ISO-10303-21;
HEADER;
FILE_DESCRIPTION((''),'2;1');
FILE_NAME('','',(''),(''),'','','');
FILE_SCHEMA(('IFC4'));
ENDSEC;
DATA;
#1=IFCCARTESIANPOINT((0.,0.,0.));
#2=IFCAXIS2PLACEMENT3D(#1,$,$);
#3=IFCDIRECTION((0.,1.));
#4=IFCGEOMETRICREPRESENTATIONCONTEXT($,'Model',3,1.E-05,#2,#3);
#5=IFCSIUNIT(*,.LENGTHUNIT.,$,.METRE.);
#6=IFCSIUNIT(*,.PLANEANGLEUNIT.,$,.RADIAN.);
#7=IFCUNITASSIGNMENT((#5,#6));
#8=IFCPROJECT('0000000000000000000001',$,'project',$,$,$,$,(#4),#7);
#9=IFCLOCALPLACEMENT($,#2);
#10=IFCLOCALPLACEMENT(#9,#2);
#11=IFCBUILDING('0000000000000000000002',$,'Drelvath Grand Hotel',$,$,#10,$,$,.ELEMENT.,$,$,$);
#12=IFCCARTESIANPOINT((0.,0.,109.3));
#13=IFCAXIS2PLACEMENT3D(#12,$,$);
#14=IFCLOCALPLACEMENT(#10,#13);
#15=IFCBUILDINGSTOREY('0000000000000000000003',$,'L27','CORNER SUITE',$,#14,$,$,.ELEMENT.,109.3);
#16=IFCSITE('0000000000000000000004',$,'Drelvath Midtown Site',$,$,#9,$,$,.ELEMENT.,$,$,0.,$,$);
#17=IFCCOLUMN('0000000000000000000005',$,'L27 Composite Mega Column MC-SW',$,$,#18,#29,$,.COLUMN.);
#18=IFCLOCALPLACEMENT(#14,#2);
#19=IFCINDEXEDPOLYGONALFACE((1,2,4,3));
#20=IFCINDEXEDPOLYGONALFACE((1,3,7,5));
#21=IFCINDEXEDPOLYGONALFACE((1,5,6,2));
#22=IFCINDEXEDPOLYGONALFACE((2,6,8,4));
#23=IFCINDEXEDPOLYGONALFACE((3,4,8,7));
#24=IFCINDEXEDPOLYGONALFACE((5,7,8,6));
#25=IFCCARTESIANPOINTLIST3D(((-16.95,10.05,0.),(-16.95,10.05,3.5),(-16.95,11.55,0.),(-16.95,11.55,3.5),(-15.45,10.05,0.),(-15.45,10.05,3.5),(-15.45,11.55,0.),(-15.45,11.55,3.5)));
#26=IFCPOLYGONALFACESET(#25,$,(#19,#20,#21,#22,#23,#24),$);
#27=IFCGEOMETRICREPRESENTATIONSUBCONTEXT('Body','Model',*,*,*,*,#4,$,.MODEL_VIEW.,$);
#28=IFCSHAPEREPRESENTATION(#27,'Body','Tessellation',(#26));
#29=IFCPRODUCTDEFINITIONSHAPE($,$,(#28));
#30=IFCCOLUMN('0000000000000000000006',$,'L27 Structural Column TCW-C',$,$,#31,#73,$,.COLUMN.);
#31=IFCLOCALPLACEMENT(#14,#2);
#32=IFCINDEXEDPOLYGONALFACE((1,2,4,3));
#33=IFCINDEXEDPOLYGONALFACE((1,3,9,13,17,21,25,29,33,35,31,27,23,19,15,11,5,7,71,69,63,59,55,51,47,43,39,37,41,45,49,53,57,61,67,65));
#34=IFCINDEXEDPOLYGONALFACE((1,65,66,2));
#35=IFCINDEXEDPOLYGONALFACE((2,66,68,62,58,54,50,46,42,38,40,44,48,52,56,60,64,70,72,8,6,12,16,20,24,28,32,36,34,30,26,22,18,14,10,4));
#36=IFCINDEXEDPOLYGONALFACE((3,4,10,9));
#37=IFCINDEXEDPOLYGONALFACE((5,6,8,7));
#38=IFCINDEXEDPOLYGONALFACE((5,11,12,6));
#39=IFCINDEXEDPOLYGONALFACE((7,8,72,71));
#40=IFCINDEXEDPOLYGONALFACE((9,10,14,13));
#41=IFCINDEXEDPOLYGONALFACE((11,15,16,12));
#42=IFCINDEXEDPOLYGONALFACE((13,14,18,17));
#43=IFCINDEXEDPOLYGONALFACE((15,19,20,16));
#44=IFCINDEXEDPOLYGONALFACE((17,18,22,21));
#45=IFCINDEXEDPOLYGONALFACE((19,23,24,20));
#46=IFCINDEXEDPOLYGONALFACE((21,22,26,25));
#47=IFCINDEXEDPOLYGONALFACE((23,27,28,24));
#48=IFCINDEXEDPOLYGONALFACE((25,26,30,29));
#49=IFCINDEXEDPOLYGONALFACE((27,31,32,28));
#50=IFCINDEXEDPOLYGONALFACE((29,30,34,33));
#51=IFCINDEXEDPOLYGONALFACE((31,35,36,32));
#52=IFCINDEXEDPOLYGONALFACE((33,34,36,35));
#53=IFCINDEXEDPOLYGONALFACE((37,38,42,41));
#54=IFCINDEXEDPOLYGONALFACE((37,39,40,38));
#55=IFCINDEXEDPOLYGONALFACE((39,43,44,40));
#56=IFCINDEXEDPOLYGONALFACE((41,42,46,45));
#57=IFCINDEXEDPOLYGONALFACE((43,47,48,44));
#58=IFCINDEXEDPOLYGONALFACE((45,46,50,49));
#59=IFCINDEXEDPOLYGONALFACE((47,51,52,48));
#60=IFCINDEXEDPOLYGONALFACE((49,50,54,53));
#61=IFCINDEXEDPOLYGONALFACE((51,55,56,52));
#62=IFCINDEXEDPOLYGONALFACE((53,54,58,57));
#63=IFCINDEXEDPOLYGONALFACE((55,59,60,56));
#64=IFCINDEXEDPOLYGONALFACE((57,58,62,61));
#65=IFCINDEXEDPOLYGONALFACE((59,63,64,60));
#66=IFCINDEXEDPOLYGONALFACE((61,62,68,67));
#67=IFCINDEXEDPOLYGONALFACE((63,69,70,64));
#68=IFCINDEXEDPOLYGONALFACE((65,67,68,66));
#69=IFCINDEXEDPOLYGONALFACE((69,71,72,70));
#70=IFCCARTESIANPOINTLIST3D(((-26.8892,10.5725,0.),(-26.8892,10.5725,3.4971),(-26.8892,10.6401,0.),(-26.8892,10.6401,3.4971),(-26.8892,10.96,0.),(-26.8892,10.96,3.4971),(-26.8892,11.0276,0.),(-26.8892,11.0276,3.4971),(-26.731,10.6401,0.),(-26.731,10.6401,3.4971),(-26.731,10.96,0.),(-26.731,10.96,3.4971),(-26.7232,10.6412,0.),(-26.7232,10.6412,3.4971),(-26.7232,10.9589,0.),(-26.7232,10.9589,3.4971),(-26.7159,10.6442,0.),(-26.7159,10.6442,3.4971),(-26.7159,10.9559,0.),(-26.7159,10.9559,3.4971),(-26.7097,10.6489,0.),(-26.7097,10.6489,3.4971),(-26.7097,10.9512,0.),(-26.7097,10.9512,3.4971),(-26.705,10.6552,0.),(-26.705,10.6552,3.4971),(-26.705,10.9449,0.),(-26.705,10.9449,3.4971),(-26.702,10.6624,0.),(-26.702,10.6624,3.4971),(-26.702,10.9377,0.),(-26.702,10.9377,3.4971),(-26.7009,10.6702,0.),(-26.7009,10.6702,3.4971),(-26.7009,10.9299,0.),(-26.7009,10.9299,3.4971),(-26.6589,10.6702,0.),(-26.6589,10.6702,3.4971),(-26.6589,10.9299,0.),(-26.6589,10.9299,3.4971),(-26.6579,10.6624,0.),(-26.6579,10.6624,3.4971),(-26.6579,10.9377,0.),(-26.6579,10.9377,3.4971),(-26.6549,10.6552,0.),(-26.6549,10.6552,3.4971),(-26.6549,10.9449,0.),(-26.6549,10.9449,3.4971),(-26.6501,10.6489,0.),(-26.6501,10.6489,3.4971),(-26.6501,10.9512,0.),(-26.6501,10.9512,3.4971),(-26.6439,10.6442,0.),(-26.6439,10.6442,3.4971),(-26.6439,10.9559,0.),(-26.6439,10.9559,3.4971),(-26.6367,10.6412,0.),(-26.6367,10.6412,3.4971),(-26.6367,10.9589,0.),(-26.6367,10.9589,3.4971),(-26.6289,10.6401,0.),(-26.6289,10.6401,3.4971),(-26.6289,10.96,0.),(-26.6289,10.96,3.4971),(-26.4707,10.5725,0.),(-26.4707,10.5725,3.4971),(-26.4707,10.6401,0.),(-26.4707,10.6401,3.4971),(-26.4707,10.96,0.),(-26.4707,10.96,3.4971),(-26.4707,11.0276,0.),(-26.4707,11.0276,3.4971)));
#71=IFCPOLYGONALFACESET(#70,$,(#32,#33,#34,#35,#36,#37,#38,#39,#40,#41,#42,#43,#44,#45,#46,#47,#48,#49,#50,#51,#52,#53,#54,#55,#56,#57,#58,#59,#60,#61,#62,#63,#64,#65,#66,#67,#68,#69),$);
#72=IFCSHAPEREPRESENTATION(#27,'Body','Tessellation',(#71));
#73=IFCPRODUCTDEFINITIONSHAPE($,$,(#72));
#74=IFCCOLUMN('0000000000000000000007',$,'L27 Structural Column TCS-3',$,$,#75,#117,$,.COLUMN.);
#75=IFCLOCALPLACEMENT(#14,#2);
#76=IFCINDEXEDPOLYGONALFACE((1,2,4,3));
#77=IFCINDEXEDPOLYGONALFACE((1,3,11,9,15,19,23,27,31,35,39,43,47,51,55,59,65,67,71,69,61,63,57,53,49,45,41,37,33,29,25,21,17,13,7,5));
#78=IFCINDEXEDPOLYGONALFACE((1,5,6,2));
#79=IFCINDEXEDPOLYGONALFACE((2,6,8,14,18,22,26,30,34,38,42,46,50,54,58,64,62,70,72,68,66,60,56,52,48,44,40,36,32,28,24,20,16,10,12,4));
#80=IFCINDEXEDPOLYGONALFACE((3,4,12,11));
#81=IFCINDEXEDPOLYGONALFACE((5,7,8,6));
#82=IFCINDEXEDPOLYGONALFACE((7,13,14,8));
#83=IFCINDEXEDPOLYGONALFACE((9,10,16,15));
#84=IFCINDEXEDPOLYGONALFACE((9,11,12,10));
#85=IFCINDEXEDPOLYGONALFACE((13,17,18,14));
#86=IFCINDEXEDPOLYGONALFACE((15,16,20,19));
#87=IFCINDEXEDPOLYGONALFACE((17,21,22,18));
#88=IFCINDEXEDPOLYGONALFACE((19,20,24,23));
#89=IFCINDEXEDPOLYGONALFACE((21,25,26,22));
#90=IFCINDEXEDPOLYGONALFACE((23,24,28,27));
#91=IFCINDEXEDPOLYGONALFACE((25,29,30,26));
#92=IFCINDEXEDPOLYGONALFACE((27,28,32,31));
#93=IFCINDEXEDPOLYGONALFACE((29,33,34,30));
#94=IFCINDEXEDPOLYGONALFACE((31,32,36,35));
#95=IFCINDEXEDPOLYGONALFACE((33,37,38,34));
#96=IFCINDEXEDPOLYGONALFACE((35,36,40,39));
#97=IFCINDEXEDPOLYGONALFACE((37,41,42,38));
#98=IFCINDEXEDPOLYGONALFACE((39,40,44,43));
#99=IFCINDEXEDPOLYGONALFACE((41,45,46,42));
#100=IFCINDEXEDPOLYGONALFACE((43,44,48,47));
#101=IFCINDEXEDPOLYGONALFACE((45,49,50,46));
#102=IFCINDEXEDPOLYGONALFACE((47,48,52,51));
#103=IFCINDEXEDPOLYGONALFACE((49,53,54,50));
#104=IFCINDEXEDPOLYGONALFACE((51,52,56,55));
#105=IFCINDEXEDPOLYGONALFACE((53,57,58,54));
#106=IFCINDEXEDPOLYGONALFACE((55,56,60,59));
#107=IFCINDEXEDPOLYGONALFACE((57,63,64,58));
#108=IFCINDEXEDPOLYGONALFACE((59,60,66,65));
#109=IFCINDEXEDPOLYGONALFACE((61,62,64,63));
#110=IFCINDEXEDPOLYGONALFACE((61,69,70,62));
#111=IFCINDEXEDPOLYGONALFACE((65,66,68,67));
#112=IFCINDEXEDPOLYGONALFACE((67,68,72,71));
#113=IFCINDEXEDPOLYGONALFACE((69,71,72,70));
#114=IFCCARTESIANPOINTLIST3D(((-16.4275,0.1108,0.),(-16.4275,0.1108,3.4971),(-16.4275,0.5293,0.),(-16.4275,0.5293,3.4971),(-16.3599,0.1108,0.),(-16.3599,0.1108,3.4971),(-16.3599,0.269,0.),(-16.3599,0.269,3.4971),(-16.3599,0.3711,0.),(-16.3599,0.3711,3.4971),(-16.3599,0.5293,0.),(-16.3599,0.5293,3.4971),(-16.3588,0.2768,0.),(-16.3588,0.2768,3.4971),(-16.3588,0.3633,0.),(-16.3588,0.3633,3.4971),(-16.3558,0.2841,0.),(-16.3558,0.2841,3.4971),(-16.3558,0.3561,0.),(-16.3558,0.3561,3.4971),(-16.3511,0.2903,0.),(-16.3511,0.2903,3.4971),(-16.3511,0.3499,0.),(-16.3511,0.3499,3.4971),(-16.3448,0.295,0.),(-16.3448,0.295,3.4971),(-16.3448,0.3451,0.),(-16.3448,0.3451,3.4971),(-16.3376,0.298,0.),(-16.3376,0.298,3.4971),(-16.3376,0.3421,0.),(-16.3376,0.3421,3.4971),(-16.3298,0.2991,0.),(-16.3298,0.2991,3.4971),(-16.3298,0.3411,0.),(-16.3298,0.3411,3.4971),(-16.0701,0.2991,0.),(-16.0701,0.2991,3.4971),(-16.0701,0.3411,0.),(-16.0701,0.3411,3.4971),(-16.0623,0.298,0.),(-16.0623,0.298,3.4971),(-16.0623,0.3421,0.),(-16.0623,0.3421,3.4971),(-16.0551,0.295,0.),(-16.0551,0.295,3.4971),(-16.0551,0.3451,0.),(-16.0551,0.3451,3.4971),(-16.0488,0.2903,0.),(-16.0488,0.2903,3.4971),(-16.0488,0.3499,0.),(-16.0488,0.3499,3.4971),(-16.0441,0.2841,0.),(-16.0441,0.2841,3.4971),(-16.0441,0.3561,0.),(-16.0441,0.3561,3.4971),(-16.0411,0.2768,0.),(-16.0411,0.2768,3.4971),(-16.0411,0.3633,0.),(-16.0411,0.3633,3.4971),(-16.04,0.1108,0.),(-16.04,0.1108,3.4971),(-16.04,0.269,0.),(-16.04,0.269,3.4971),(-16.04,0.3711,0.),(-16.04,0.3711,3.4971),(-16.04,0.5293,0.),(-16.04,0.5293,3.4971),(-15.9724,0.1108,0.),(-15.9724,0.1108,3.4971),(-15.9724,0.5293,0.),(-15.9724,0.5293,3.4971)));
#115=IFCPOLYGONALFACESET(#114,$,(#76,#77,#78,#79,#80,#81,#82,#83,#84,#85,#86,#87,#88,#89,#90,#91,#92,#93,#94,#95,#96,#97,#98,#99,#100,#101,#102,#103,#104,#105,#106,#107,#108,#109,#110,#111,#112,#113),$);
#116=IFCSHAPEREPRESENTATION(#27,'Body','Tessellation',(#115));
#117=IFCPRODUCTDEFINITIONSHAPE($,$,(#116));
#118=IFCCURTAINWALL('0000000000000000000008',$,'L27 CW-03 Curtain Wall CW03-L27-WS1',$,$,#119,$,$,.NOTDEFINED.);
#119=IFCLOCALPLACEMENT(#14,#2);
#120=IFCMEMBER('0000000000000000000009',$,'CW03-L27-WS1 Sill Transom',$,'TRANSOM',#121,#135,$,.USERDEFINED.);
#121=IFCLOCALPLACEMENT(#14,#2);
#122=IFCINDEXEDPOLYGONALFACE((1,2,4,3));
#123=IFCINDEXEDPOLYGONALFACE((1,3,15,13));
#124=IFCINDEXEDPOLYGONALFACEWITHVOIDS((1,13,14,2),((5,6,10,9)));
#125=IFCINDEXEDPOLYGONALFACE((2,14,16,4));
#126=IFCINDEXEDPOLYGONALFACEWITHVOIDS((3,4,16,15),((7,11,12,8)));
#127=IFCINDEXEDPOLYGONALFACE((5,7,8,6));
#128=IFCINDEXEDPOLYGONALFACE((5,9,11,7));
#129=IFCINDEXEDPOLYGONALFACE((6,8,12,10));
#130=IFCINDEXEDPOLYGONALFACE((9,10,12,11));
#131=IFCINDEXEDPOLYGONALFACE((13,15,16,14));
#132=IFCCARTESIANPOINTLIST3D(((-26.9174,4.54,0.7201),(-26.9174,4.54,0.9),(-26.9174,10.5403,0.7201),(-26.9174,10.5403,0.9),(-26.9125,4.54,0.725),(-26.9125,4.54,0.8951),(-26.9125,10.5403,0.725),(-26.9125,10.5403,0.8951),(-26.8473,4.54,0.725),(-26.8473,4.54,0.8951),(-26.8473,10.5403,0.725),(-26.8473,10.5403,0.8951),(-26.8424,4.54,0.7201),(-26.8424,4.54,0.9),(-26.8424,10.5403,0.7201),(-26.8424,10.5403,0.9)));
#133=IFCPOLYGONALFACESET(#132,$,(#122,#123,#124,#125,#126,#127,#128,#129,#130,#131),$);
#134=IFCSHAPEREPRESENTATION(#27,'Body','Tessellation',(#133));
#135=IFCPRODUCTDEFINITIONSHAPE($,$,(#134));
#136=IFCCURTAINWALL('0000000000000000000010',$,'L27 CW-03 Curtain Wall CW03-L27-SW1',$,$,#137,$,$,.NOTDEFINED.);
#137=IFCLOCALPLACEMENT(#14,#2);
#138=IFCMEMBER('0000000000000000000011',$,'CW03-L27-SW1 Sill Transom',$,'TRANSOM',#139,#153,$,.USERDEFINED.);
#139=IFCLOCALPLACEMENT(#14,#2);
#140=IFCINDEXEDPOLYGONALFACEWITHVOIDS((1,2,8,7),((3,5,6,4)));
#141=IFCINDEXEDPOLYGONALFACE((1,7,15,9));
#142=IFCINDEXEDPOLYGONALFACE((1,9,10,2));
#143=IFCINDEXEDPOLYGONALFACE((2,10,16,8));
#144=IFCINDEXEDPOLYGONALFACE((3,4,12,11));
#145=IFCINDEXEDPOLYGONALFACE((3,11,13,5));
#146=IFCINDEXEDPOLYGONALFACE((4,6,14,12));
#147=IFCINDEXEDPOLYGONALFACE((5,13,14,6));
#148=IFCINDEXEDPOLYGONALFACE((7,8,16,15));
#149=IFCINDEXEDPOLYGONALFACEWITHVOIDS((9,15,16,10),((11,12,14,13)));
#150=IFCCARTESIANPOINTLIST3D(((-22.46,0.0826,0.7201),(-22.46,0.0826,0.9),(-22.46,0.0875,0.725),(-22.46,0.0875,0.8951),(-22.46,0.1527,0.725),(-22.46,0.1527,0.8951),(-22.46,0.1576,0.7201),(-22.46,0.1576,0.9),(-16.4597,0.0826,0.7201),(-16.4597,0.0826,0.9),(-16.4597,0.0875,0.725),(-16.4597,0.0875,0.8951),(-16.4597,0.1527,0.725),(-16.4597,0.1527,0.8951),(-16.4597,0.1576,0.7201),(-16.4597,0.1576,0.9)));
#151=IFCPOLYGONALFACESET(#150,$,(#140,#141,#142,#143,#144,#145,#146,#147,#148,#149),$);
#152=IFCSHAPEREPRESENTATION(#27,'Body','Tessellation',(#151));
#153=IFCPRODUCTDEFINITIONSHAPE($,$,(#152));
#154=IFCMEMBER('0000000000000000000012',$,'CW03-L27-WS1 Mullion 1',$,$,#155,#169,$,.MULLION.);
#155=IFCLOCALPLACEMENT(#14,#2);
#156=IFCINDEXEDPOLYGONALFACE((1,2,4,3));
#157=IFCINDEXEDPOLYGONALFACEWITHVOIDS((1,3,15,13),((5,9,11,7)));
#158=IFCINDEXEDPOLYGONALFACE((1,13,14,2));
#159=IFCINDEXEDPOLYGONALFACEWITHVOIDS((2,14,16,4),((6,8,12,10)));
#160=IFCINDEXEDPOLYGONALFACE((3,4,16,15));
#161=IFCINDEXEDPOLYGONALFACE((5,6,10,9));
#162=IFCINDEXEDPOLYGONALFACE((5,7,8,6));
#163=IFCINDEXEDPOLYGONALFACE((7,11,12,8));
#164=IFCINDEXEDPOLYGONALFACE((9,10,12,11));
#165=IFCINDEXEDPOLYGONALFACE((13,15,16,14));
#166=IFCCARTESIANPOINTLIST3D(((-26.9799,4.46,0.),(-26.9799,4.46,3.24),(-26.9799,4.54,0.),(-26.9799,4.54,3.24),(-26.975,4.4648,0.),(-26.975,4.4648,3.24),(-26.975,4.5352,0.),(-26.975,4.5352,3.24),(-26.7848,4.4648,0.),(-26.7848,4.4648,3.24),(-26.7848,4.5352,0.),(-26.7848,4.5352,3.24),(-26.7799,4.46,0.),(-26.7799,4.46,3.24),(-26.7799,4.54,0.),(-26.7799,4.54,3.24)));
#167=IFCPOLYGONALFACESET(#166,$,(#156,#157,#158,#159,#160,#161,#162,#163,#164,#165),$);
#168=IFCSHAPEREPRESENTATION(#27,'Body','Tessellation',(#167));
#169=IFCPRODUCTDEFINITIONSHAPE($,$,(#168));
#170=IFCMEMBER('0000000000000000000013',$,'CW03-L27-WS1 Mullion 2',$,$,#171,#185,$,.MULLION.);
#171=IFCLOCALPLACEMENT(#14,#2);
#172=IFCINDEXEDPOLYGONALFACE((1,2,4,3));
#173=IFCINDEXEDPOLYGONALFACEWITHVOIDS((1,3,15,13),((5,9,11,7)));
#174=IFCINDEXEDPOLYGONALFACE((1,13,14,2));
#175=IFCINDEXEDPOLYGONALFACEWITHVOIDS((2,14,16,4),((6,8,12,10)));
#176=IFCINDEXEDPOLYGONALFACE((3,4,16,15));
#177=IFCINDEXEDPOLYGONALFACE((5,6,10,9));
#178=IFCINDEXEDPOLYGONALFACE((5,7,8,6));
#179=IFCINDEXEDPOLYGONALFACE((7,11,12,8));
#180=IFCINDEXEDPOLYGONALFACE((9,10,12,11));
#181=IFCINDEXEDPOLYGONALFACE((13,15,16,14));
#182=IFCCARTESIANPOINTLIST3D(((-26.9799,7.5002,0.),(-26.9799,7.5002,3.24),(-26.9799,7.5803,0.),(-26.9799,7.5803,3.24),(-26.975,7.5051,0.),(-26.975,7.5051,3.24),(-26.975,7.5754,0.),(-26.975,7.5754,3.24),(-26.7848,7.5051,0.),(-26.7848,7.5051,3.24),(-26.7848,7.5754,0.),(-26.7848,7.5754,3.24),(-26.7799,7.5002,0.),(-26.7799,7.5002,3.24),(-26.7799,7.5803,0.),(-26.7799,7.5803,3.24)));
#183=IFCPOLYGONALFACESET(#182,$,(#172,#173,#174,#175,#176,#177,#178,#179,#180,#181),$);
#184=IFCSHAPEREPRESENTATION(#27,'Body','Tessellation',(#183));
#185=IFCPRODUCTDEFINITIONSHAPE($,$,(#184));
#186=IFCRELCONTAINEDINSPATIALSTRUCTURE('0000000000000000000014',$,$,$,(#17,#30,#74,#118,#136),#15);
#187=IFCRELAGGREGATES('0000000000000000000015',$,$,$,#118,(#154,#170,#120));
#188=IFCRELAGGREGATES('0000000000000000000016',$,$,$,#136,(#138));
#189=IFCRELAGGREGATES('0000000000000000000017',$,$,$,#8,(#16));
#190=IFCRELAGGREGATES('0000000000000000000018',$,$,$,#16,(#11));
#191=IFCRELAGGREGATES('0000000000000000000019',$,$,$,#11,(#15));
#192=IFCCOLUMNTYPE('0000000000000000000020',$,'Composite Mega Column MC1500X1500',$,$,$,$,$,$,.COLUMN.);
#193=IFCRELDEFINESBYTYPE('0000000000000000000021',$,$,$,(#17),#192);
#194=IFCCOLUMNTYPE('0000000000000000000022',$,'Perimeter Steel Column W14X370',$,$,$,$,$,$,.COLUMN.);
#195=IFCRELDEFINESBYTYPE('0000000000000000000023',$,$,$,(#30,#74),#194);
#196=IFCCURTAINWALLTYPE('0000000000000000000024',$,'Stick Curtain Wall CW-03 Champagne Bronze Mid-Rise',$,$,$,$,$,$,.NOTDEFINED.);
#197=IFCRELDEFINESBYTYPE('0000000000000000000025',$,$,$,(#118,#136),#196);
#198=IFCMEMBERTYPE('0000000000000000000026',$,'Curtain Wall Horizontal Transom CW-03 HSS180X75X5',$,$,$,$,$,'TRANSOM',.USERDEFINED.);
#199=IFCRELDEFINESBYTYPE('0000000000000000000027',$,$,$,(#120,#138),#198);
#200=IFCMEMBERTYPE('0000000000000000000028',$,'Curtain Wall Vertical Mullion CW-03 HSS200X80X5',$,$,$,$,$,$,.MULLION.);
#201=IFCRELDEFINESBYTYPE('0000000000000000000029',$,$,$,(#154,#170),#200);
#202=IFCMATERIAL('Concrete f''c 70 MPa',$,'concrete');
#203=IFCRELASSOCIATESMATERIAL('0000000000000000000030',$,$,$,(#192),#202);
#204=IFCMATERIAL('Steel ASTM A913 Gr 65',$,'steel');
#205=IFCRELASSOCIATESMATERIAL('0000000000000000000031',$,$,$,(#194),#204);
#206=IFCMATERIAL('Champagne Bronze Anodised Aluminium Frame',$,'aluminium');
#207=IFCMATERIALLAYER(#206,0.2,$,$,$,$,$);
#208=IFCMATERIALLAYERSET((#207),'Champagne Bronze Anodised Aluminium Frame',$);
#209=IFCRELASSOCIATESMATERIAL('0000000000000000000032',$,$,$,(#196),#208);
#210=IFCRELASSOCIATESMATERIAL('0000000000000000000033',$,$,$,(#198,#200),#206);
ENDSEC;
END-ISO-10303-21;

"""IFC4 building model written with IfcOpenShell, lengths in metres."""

from ifc_helpers import new_model, si_unit, direction, frame, origin, origin_2d, place, context, subcontext, project, spatial, rectangle, hollow_rectangle, i_section, extrude, material, layer, layer_set, material_profile, profile_set, type_object, element, aggregate, save


model = new_model("IFC4")

# Units and contexts
model_context = context("Model", 3, precision=1e-05, world=origin(), true_north=direction((0.0, 1.0)))
body_context = subcontext(model_context, "Body", "Model", "MODEL_VIEW")
ifc_project = project(units=[si_unit("LENGTHUNIT", "METRE"), si_unit("PLANEANGLEUNIT", "RADIAN")], contexts=[model_context])

# Site, building, storey
site_placement = place(None, origin())
site = spatial("IfcSite", under=ifc_project, at=site_placement, Name="Drelvath Midtown Site", CompositionType="ELEMENT", RefElevation=0.0)
building_placement = place(site_placement, origin())
building = spatial("IfcBuilding", under=site, at=building_placement, Name="Drelvath Grand Hotel", CompositionType="ELEMENT")
storey_placement = place(building_placement, frame((0.0, 0.0, 109.3)))
storey = spatial("IfcBuildingStorey", under=building, at=storey_placement, Name="L27", Description="CORNER SUITE", CompositionType="ELEMENT", Elevation=109.3)

# Columns
ifc_material_1 = material(Name="Concrete f'c 70 MPa", Category="concrete")
ifc_material_profile_1 = material_profile(ifc_material_1, rectangle(XDim=1.5, YDim=1.5, at=origin_2d()), Name="MC1500X1500")
ifc_profile_set_1 = profile_set([ifc_material_profile_1], Name="Concrete f'c 70 MPa")
column_type_1 = type_object("IfcColumnType", Name="Composite Mega Column MC1500X1500", PredefinedType="COLUMN", material=ifc_profile_set_1)
column_placement = place(storey_placement, frame((-16.2, 10.8, 0.0), z_axis=(0.0, 0.0, 1.0), x_axis=(1.0, 0.0, 0.0)))
element("IfcColumn", 1, at=column_placement, inside=storey, type_object=column_type_1, Name="L27 Composite Mega Column MC-SW", PredefinedType="COLUMN", context=body_context, shape_type="SweptSolid", body=[
    extrude(rectangle(XDim=1.5, YDim=1.5, at=origin_2d()), origin(), (0.0, 0.0, 1.0), 3.5),
])
ifc_material_2 = material(Name="Steel ASTM A913 Gr 65", Category="steel")
ifc_material_profile_2 = material_profile(ifc_material_2, i_section(OverallWidth=0.4185, OverallDepth=0.4551, WebThickness=0.042, FlangeThickness=0.0676, FilletRadius=0.03, at=origin_2d()), Name="W14X370")
ifc_profile_set_2 = profile_set([ifc_material_profile_2], Name="Steel ASTM A913 Gr 65")
column_type_2 = type_object("IfcColumnType", Name="Perimeter Steel Column W14X370", PredefinedType="COLUMN", material=ifc_profile_set_2)
for number, where, z_axis, x_axis, name in (
    (2, (-26.6799, 10.8, 0.0), (0.0, 0.0, 1.0), (1.0, 0.0, 0.0), "L27 Structural Column TCW-C"),
    (3, (-16.2, 0.3201, 0.0), (0.0, 0.0, 1.0), (0.0, 1.0, 0.0), "L27 Structural Column TCS-3"),
):
    element("IfcColumn", number, at=place(storey_placement, frame(where, z_axis=z_axis, x_axis=x_axis)), inside=storey, type_object=column_type_2, Name=name, PredefinedType="COLUMN", context=body_context, shape_type="SweptSolid", body=[
        extrude(i_section(OverallWidth=0.4185, OverallDepth=0.4551, WebThickness=0.042, FlangeThickness=0.0676, FilletRadius=0.03, at=origin_2d()), origin(), (0.0, 0.0, 1.0), 3.4971),
    ])

# Curtain walls, members
ifc_material_3 = material(Name="Champagne Bronze Anodised Aluminium Frame", Category="aluminium")
ifc_layer_1 = layer(ifc_material_3, 0.2)
ifc_layer_set_1 = layer_set([ifc_layer_1], Name="Champagne Bronze Anodised Aluminium Frame")
curtain_wall_type = type_object("IfcCurtainWallType", Name="Stick Curtain Wall CW-03 Champagne Bronze Mid-Rise", PredefinedType="NOTDEFINED", material=ifc_layer_set_1)
curtain_wall_1_placement = place(storey_placement, origin())
curtain_wall_1 = element("IfcCurtainWall", 4, at=curtain_wall_1_placement, inside=storey, type_object=curtain_wall_type, Name="L27 CW-03 Curtain Wall CW03-L27-WS1", PredefinedType="NOTDEFINED")
ifc_material_profile_3 = material_profile(ifc_material_3, hollow_rectangle(XDim=0.075, YDim=0.1799, WallThickness=0.0049, at=origin_2d()), Name="HSS180X75X5")
ifc_profile_set_3 = profile_set([ifc_material_profile_3], Name="Champagne Bronze Anodised Aluminium Frame")
member_type_1 = type_object("IfcMemberType", Name="Curtain Wall Horizontal Transom CW-03 HSS180X75X5", ElementType="TRANSOM", PredefinedType="USERDEFINED", material=ifc_profile_set_3)
member_1_placement = place(storey_placement, frame((-26.8799, 4.54, 0.8101), z_axis=(0.0, 1.0, 0.0), x_axis=(-1.0, 0.0, 0.0)))
member_1 = element("IfcMember", 5, at=member_1_placement, type_object=member_type_1, Name="CW03-L27-WS1 Sill Transom", ObjectType="TRANSOM", PredefinedType="USERDEFINED", context=body_context, shape_type="SweptSolid", body=[
    extrude(hollow_rectangle(XDim=0.075, YDim=0.1799, WallThickness=0.0049, at=origin_2d()), origin(), (0.0, 0.0, 1.0), 6.0002),
])
curtain_wall_2_placement = place(storey_placement, origin())
curtain_wall_2 = element("IfcCurtainWall", 6, at=curtain_wall_2_placement, inside=storey, type_object=curtain_wall_type, Name="L27 CW-03 Curtain Wall CW03-L27-SW1", PredefinedType="NOTDEFINED")
member_2_placement = place(storey_placement, frame((-16.4597, 0.1201, 0.8101), z_axis=(-1.0, 0.0, 0.0), x_axis=(0.0, -1.0, 0.0)))
member_2 = element("IfcMember", 7, at=member_2_placement, type_object=member_type_1, Name="CW03-L27-SW1 Sill Transom", ObjectType="TRANSOM", PredefinedType="USERDEFINED", context=body_context, shape_type="SweptSolid", body=[
    extrude(hollow_rectangle(XDim=0.075, YDim=0.1799, WallThickness=0.0049, at=origin_2d()), origin(), (0.0, 0.0, 1.0), 6.0002),
])

# Members
ifc_material_profile_4 = material_profile(ifc_material_3, hollow_rectangle(XDim=0.0801, YDim=0.2, WallThickness=0.0049, at=origin_2d()), Name="HSS200X80X5")
ifc_profile_set_4 = profile_set([ifc_material_profile_4], Name="Champagne Bronze Anodised Aluminium Frame")
member_type_2 = type_object("IfcMemberType", Name="Curtain Wall Vertical Mullion CW-03 HSS200X80X5", PredefinedType="MULLION", material=ifc_profile_set_4)
member_3_placement = place(storey_placement, frame((-26.8799, 4.5, 0.0), z_axis=(0.0, 0.0, 1.0), x_axis=(0.0, 1.0, 0.0)))
member_3 = element("IfcMember", 8, at=member_3_placement, type_object=member_type_2, Name="CW03-L27-WS1 Mullion 1", PredefinedType="MULLION", context=body_context, shape_type="SweptSolid", body=[
    extrude(hollow_rectangle(XDim=0.0801, YDim=0.2, WallThickness=0.0049, at=origin_2d()), origin(), (0.0, 0.0, 1.0), 3.24),
])
member_4_placement = place(storey_placement, frame((-26.8799, 7.5403, 0.0), z_axis=(0.0, 0.0, 1.0), x_axis=(0.0, 1.0, 0.0)))
member_4 = element("IfcMember", 9, at=member_4_placement, type_object=member_type_2, Name="CW03-L27-WS1 Mullion 2", PredefinedType="MULLION", context=body_context, shape_type="SweptSolid", body=[
    extrude(hollow_rectangle(XDim=0.0801, YDim=0.2, WallThickness=0.0049, at=origin_2d()), origin(), (0.0, 0.0, 1.0), 3.24),
])

aggregate(curtain_wall_1, [member_3, member_4, member_1])
aggregate(curtain_wall_2, [member_2])

save(model, "model.ifc")
